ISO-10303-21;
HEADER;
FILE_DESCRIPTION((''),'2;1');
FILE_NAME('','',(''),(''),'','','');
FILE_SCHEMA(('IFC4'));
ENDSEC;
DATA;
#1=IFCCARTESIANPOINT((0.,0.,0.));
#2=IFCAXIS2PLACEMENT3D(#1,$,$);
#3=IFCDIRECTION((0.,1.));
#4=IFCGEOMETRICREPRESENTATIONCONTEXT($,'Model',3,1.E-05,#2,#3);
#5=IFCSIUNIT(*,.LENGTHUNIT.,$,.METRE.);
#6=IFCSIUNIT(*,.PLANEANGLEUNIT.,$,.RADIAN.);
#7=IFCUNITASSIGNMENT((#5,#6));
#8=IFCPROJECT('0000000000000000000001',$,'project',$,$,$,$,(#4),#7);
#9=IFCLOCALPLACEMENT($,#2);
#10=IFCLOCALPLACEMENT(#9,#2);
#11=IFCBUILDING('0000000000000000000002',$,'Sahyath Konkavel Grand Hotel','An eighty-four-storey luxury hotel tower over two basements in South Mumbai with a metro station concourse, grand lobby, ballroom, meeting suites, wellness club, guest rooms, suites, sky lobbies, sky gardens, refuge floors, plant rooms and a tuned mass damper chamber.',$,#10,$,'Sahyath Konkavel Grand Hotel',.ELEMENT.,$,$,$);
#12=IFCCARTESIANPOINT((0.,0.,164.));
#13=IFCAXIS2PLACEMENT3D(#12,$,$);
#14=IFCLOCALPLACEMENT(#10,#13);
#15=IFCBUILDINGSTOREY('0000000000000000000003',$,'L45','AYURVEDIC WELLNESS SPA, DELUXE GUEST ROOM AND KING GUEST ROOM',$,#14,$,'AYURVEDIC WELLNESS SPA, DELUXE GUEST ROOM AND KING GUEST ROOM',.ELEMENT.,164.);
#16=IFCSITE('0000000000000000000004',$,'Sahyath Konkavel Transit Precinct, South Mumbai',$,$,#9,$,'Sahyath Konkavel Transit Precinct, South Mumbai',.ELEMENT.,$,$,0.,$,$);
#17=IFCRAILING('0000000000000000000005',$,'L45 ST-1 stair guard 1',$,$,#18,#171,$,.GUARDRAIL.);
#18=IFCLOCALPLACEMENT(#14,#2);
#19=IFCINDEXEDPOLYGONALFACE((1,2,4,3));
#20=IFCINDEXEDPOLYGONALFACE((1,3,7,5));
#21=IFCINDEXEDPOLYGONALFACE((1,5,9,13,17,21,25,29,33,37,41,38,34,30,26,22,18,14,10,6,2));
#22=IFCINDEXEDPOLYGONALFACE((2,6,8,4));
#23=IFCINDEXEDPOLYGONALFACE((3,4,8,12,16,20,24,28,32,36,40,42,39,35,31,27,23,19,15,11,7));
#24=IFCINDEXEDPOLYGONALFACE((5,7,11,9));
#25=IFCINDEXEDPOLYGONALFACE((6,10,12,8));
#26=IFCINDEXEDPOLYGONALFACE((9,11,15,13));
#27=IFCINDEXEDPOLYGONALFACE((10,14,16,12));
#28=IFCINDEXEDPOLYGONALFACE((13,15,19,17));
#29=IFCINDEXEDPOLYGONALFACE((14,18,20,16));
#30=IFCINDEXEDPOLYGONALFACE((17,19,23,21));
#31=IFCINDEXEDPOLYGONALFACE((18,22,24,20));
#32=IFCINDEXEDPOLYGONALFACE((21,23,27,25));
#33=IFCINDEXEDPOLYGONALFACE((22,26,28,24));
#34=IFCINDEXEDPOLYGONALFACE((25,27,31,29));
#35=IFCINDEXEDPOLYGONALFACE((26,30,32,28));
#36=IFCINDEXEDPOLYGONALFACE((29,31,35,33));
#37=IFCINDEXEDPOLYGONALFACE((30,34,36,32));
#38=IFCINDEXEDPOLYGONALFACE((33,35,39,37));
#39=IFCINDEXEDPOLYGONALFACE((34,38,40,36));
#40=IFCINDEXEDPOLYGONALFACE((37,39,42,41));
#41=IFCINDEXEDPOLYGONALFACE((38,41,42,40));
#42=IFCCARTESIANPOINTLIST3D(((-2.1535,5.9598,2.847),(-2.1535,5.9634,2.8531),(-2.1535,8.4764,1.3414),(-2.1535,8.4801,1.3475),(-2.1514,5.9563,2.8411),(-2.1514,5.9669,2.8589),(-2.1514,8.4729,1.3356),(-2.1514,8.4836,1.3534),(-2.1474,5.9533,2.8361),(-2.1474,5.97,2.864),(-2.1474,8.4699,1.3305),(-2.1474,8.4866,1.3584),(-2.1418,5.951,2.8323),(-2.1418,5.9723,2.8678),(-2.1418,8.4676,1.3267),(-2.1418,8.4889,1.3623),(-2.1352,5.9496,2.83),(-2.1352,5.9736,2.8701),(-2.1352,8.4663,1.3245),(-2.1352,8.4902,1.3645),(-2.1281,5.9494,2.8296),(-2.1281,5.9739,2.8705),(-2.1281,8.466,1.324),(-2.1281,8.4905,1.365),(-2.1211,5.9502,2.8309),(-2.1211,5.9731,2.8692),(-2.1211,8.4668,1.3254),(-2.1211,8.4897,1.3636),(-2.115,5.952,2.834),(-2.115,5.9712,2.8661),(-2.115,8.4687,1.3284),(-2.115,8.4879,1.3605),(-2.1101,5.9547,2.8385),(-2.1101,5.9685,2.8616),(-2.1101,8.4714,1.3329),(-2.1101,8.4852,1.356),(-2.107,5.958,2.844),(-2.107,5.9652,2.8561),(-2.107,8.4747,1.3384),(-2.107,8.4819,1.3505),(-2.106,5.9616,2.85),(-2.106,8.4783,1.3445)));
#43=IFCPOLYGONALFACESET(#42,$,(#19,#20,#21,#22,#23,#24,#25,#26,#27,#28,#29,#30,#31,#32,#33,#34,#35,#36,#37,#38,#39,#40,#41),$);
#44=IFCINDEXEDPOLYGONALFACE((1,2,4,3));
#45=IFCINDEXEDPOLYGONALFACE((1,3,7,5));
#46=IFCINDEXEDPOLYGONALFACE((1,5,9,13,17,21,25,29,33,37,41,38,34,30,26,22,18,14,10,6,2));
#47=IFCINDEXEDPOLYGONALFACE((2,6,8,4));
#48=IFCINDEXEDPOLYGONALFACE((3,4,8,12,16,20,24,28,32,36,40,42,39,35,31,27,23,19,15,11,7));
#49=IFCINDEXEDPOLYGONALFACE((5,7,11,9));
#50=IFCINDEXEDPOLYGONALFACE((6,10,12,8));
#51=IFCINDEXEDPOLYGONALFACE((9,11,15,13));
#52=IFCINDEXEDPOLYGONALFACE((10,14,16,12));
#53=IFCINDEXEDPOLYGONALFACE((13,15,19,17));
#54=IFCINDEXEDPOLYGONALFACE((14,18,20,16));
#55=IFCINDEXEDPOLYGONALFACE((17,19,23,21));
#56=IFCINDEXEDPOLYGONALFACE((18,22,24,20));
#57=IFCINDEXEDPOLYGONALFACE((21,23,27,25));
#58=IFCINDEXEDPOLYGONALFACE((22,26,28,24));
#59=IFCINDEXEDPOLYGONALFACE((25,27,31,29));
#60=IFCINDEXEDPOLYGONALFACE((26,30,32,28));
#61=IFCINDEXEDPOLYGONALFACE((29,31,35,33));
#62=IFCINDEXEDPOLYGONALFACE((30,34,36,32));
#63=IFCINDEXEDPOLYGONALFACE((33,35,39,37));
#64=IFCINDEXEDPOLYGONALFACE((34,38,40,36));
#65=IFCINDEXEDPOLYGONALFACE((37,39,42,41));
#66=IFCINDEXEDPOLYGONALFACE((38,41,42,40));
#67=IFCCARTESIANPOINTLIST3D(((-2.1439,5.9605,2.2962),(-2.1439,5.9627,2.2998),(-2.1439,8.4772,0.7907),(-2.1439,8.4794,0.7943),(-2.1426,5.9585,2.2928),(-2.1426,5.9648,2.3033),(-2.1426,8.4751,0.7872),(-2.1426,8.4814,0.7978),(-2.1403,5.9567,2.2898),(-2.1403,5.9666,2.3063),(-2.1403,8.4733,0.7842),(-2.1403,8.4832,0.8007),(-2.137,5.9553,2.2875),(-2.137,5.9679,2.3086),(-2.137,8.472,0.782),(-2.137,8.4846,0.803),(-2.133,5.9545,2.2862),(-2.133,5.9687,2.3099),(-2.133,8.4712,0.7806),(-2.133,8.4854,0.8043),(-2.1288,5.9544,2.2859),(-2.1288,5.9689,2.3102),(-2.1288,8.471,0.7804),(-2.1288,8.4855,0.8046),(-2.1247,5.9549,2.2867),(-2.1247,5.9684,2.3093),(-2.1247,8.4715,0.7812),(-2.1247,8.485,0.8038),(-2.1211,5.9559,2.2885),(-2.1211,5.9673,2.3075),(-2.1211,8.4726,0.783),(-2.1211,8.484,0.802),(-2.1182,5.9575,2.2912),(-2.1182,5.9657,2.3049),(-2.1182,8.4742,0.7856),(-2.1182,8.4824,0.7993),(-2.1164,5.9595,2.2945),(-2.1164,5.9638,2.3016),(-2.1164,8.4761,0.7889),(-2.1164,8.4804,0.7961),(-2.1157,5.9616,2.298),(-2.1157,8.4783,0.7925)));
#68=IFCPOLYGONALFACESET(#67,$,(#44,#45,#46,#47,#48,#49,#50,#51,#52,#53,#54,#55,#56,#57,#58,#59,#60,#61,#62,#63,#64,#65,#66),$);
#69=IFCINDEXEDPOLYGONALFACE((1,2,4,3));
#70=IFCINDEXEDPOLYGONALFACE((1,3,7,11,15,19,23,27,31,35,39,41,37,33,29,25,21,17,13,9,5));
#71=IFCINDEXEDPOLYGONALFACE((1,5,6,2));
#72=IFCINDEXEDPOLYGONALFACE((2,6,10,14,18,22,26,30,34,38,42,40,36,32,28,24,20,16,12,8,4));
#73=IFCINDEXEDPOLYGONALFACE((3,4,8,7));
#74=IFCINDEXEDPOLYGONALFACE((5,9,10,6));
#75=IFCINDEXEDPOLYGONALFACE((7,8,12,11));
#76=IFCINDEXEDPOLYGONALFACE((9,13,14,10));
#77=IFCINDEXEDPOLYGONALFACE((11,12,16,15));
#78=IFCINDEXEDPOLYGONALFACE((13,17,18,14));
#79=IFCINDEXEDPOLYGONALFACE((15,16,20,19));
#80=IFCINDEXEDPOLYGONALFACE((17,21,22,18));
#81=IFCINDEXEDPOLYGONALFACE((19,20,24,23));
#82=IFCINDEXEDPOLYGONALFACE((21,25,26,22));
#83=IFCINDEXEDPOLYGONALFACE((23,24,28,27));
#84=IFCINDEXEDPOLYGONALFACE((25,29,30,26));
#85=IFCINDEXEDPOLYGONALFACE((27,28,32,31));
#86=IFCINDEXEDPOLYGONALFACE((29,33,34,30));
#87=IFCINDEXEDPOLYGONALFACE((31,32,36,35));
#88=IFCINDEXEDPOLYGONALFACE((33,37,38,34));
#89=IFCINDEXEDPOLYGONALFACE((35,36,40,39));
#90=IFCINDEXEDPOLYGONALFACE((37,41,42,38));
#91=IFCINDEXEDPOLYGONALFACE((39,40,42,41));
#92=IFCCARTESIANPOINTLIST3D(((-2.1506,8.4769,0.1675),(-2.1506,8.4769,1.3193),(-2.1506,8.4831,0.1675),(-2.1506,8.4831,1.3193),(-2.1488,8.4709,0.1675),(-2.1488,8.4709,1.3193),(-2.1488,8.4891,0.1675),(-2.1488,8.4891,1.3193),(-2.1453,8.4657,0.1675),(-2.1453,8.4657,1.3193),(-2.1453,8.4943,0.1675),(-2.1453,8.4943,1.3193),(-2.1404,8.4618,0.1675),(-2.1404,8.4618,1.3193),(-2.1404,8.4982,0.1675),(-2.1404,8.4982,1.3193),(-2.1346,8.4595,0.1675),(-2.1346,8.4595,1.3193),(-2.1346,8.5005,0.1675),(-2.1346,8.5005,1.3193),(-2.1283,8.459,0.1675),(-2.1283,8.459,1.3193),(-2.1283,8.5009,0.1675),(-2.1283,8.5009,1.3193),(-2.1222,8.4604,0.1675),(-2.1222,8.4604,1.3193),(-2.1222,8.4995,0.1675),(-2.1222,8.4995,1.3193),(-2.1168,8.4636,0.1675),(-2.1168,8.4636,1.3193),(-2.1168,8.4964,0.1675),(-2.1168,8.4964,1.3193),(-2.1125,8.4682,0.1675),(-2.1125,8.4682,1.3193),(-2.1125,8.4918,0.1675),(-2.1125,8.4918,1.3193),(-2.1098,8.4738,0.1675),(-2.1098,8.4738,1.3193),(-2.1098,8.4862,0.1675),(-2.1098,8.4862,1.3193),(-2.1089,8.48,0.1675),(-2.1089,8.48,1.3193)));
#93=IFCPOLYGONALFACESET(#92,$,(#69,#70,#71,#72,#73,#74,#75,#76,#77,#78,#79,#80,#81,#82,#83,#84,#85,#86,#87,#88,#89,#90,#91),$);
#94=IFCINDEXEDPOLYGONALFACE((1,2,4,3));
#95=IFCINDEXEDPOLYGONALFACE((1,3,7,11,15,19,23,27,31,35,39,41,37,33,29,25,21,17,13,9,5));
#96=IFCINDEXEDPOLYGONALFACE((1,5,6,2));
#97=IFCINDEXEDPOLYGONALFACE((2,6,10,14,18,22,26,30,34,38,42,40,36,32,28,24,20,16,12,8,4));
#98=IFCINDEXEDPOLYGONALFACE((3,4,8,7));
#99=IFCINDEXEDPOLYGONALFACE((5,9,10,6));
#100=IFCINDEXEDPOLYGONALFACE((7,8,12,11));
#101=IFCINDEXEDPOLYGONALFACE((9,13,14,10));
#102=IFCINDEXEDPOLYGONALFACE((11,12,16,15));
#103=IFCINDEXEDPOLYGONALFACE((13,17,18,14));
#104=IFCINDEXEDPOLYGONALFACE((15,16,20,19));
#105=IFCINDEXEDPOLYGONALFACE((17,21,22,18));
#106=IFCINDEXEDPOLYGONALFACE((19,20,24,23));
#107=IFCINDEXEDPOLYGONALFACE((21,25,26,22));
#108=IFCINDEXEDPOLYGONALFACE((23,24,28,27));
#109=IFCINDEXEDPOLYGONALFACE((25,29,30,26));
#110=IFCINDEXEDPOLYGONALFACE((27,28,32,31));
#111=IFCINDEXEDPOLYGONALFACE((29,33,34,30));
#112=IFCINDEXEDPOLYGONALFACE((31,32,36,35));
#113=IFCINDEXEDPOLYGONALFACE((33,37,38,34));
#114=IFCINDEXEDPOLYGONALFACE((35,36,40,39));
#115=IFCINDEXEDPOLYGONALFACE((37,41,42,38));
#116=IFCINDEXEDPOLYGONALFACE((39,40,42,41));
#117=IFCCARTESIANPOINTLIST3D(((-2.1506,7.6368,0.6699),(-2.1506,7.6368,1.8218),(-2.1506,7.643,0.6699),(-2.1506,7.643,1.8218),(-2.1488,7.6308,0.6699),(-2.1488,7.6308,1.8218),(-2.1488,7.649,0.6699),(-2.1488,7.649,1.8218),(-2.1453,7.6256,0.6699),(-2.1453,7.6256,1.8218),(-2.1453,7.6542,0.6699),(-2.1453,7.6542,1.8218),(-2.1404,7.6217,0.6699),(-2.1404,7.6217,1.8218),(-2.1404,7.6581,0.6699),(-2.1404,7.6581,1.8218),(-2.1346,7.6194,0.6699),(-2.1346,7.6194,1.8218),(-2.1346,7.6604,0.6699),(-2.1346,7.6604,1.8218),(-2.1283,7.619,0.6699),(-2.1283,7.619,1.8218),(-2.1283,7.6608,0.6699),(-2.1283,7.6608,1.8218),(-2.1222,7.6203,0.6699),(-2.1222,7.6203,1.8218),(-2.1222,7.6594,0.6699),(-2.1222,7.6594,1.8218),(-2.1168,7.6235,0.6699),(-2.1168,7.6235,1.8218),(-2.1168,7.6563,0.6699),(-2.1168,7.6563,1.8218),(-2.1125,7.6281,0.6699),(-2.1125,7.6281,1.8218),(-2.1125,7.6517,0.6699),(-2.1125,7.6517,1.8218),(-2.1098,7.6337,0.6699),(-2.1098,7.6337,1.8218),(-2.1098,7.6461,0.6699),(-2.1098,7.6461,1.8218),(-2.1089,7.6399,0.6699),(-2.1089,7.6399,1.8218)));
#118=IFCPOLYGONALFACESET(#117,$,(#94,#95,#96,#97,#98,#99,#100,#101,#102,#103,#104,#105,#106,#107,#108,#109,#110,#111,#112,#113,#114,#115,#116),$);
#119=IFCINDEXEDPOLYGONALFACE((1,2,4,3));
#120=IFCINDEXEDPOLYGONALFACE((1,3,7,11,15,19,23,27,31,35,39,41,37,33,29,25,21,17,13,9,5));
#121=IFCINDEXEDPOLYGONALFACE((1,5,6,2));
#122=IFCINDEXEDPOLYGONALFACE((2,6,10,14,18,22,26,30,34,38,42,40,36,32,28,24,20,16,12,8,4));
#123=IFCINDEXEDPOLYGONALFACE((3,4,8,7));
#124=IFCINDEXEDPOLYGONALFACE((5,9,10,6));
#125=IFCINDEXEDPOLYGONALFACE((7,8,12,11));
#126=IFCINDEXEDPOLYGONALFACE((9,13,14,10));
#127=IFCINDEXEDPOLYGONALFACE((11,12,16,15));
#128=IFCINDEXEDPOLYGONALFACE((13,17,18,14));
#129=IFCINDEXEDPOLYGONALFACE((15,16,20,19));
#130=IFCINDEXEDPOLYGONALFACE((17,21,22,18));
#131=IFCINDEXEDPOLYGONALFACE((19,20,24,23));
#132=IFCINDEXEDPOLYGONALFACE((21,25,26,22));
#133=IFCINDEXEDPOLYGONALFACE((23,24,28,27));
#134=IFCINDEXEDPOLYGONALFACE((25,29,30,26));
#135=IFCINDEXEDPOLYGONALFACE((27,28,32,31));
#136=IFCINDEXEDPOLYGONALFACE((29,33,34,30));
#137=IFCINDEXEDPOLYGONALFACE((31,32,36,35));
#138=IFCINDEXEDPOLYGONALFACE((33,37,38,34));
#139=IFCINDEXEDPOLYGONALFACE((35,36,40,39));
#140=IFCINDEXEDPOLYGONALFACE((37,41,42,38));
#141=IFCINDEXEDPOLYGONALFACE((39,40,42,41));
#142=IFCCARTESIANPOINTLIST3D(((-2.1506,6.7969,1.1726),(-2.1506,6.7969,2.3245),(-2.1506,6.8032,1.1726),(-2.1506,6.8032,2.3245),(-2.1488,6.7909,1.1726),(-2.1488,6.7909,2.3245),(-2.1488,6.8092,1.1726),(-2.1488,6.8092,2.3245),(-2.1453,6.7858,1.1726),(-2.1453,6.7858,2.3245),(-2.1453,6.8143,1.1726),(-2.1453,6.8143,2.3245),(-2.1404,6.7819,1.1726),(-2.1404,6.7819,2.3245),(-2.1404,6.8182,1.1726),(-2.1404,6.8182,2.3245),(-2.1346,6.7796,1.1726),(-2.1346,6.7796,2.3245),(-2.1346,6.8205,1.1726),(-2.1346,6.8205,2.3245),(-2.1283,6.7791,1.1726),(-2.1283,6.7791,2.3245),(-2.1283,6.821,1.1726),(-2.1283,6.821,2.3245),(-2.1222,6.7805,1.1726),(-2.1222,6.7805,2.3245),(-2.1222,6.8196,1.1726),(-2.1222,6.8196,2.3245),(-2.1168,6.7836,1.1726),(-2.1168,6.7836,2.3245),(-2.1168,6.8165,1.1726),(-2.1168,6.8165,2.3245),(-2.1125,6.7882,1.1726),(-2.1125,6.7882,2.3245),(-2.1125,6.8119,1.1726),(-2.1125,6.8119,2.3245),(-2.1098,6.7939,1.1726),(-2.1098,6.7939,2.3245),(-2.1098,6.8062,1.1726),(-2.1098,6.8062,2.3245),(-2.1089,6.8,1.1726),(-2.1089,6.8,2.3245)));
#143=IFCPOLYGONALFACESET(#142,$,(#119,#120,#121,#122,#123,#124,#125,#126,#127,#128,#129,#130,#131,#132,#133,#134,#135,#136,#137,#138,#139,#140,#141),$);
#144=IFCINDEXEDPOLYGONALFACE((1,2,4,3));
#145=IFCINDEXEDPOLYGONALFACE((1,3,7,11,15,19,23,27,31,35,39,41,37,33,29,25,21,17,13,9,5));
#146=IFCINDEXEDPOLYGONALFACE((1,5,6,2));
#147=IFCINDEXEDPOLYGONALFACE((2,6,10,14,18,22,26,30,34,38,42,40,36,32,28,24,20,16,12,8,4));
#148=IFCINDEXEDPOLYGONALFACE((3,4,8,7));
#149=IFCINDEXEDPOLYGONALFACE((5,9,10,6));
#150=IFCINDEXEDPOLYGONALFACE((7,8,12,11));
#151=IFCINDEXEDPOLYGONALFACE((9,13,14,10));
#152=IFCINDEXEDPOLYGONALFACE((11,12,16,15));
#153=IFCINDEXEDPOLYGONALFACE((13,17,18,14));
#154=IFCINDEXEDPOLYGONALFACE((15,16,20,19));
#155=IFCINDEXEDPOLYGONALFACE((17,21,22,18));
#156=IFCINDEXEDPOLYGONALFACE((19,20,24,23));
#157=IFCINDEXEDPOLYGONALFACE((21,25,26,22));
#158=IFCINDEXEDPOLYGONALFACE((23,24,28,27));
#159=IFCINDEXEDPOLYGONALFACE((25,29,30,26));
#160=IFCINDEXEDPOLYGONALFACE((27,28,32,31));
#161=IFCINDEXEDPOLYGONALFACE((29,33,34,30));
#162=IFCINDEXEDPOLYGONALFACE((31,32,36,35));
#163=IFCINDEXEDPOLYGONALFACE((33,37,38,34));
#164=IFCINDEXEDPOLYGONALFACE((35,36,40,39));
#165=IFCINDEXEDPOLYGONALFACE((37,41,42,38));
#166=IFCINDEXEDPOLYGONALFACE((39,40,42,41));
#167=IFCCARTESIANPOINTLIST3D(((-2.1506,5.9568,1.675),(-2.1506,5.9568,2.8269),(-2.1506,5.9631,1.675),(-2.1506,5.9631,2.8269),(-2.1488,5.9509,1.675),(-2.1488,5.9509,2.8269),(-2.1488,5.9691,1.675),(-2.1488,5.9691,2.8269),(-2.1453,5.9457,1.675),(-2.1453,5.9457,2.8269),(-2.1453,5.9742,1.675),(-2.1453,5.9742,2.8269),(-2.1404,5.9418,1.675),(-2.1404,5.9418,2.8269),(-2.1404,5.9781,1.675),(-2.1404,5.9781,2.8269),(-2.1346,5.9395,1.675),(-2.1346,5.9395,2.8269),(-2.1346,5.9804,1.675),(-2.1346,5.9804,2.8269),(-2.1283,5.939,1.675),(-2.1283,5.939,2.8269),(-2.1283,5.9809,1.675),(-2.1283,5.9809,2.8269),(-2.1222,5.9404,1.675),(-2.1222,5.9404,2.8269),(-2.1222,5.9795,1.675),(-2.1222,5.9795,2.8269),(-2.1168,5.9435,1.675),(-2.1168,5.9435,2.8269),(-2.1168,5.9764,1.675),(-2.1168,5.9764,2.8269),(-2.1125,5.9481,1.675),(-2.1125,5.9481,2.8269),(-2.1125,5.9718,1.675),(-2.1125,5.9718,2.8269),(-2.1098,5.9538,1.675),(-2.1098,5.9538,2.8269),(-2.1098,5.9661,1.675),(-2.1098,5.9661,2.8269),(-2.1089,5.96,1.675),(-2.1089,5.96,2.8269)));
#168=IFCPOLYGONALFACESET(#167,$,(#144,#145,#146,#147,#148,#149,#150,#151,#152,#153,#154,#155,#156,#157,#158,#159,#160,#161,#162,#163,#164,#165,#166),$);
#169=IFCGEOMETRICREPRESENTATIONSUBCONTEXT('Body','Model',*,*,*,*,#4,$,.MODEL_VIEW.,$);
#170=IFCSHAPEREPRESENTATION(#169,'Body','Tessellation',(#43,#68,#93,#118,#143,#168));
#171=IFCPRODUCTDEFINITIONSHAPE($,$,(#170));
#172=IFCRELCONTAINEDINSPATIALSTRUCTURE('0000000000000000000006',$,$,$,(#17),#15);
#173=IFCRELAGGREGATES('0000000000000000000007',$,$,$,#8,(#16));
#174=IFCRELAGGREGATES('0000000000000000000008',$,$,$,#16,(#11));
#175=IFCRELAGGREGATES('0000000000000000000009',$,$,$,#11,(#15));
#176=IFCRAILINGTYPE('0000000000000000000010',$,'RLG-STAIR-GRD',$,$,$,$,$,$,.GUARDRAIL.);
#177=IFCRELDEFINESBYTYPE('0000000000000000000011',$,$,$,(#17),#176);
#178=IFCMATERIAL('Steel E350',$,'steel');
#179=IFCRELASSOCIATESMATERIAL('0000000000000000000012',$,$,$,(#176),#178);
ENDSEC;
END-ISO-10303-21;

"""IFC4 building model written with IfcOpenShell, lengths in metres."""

from ifc_helpers import new_model, si_unit, direction, frame, origin, origin_2d, place, context, subcontext, project, spatial, circle, extrude, material, type_object, element, save


model = new_model("IFC4")

# Units and contexts
model_context = context("Model", 3, precision=1e-05, world=origin(), true_north=direction((0.0, 1.0)))
body_context = subcontext(model_context, "Body", "Model", "MODEL_VIEW")
ifc_project = project(units=[si_unit("LENGTHUNIT", "METRE"), si_unit("PLANEANGLEUNIT", "RADIAN")], contexts=[model_context])

# Site, building, storey
site_placement = place(None, origin())
site = spatial("IfcSite", under=ifc_project, at=site_placement, Name="Sahyath Konkavel Transit Precinct, South Mumbai", LongName="Sahyath Konkavel Transit Precinct, South Mumbai", CompositionType="ELEMENT", RefElevation=0.0)
building_placement = place(site_placement, origin())
building = spatial("IfcBuilding", under=site, at=building_placement, Name="Sahyath Konkavel Grand Hotel", Description="An eighty-four-storey luxury hotel tower over two basements in South Mumbai with a metro station concourse, grand lobby, ballroom, meeting suites, wellness club, guest rooms, suites, sky lobbies, sky gardens, refuge floors, plant rooms and a tuned mass damper chamber.", LongName="Sahyath Konkavel Grand Hotel", CompositionType="ELEMENT")
storey_placement = place(building_placement, frame((0.0, 0.0, 164.0)))
storey = spatial("IfcBuildingStorey", under=building, at=storey_placement, Name="L45", Description="AYURVEDIC WELLNESS SPA, DELUXE GUEST ROOM AND KING GUEST ROOM", LongName="AYURVEDIC WELLNESS SPA, DELUXE GUEST ROOM AND KING GUEST ROOM", CompositionType="ELEMENT", Elevation=164.0)

# Shared definitions
ifc_material_1 = material(Name="Steel E350", Category="steel")

# Railing
railing_type_1 = type_object("IfcRailingType", Name="RLG-STAIR-GRD", PredefinedType="GUARDRAIL", material=ifc_material_1)
railing_1_placement = place(storey_placement, frame((-2.1299, 8.48, 0.1675)))
element("IfcRailing", 1, at=railing_1_placement, inside=storey, type_object=railing_type_1, Name="L45 ST-1 stair guard 1", PredefinedType="GUARDRAIL", context=body_context, shape_type="SweptSolid", body=[
    extrude(circle(Radius=0.0239, at=origin_2d()), frame((0.0, -0.0017, 1.177), z_axis=(0.0, -0.85816, 0.513383), x_axis=(1.0, 0.0, 0.0)), (0.0, 0.0, 1.0), 2.9326),
    extrude(circle(Radius=0.0142, at=origin_2d()), frame((0.0, -0.0017, 0.625), z_axis=(0.0, -0.85816, 0.513383), x_axis=(1.0, 0.0, 0.0)), (0.0, 0.0, 1.0), 2.9326),
    extrude(circle(Radius=0.021, at=origin_2d()), origin(), (0.0, 0.0, 1.0), 1.1519),
    extrude(circle(Radius=0.021, at=origin_2d()), frame((0.0, -0.8401, 0.5024)), (0.0, 0.0, 1.0), 1.1519),
    extrude(circle(Radius=0.021, at=origin_2d()), frame((0.0, -1.6799, 1.0051)), (0.0, 0.0, 1.0), 1.1519),
    extrude(circle(Radius=0.021, at=origin_2d()), frame((0.0, -2.52, 1.5076)), (0.0, 0.0, 1.0), 1.1519),
])

save(model, "model.ifc")
